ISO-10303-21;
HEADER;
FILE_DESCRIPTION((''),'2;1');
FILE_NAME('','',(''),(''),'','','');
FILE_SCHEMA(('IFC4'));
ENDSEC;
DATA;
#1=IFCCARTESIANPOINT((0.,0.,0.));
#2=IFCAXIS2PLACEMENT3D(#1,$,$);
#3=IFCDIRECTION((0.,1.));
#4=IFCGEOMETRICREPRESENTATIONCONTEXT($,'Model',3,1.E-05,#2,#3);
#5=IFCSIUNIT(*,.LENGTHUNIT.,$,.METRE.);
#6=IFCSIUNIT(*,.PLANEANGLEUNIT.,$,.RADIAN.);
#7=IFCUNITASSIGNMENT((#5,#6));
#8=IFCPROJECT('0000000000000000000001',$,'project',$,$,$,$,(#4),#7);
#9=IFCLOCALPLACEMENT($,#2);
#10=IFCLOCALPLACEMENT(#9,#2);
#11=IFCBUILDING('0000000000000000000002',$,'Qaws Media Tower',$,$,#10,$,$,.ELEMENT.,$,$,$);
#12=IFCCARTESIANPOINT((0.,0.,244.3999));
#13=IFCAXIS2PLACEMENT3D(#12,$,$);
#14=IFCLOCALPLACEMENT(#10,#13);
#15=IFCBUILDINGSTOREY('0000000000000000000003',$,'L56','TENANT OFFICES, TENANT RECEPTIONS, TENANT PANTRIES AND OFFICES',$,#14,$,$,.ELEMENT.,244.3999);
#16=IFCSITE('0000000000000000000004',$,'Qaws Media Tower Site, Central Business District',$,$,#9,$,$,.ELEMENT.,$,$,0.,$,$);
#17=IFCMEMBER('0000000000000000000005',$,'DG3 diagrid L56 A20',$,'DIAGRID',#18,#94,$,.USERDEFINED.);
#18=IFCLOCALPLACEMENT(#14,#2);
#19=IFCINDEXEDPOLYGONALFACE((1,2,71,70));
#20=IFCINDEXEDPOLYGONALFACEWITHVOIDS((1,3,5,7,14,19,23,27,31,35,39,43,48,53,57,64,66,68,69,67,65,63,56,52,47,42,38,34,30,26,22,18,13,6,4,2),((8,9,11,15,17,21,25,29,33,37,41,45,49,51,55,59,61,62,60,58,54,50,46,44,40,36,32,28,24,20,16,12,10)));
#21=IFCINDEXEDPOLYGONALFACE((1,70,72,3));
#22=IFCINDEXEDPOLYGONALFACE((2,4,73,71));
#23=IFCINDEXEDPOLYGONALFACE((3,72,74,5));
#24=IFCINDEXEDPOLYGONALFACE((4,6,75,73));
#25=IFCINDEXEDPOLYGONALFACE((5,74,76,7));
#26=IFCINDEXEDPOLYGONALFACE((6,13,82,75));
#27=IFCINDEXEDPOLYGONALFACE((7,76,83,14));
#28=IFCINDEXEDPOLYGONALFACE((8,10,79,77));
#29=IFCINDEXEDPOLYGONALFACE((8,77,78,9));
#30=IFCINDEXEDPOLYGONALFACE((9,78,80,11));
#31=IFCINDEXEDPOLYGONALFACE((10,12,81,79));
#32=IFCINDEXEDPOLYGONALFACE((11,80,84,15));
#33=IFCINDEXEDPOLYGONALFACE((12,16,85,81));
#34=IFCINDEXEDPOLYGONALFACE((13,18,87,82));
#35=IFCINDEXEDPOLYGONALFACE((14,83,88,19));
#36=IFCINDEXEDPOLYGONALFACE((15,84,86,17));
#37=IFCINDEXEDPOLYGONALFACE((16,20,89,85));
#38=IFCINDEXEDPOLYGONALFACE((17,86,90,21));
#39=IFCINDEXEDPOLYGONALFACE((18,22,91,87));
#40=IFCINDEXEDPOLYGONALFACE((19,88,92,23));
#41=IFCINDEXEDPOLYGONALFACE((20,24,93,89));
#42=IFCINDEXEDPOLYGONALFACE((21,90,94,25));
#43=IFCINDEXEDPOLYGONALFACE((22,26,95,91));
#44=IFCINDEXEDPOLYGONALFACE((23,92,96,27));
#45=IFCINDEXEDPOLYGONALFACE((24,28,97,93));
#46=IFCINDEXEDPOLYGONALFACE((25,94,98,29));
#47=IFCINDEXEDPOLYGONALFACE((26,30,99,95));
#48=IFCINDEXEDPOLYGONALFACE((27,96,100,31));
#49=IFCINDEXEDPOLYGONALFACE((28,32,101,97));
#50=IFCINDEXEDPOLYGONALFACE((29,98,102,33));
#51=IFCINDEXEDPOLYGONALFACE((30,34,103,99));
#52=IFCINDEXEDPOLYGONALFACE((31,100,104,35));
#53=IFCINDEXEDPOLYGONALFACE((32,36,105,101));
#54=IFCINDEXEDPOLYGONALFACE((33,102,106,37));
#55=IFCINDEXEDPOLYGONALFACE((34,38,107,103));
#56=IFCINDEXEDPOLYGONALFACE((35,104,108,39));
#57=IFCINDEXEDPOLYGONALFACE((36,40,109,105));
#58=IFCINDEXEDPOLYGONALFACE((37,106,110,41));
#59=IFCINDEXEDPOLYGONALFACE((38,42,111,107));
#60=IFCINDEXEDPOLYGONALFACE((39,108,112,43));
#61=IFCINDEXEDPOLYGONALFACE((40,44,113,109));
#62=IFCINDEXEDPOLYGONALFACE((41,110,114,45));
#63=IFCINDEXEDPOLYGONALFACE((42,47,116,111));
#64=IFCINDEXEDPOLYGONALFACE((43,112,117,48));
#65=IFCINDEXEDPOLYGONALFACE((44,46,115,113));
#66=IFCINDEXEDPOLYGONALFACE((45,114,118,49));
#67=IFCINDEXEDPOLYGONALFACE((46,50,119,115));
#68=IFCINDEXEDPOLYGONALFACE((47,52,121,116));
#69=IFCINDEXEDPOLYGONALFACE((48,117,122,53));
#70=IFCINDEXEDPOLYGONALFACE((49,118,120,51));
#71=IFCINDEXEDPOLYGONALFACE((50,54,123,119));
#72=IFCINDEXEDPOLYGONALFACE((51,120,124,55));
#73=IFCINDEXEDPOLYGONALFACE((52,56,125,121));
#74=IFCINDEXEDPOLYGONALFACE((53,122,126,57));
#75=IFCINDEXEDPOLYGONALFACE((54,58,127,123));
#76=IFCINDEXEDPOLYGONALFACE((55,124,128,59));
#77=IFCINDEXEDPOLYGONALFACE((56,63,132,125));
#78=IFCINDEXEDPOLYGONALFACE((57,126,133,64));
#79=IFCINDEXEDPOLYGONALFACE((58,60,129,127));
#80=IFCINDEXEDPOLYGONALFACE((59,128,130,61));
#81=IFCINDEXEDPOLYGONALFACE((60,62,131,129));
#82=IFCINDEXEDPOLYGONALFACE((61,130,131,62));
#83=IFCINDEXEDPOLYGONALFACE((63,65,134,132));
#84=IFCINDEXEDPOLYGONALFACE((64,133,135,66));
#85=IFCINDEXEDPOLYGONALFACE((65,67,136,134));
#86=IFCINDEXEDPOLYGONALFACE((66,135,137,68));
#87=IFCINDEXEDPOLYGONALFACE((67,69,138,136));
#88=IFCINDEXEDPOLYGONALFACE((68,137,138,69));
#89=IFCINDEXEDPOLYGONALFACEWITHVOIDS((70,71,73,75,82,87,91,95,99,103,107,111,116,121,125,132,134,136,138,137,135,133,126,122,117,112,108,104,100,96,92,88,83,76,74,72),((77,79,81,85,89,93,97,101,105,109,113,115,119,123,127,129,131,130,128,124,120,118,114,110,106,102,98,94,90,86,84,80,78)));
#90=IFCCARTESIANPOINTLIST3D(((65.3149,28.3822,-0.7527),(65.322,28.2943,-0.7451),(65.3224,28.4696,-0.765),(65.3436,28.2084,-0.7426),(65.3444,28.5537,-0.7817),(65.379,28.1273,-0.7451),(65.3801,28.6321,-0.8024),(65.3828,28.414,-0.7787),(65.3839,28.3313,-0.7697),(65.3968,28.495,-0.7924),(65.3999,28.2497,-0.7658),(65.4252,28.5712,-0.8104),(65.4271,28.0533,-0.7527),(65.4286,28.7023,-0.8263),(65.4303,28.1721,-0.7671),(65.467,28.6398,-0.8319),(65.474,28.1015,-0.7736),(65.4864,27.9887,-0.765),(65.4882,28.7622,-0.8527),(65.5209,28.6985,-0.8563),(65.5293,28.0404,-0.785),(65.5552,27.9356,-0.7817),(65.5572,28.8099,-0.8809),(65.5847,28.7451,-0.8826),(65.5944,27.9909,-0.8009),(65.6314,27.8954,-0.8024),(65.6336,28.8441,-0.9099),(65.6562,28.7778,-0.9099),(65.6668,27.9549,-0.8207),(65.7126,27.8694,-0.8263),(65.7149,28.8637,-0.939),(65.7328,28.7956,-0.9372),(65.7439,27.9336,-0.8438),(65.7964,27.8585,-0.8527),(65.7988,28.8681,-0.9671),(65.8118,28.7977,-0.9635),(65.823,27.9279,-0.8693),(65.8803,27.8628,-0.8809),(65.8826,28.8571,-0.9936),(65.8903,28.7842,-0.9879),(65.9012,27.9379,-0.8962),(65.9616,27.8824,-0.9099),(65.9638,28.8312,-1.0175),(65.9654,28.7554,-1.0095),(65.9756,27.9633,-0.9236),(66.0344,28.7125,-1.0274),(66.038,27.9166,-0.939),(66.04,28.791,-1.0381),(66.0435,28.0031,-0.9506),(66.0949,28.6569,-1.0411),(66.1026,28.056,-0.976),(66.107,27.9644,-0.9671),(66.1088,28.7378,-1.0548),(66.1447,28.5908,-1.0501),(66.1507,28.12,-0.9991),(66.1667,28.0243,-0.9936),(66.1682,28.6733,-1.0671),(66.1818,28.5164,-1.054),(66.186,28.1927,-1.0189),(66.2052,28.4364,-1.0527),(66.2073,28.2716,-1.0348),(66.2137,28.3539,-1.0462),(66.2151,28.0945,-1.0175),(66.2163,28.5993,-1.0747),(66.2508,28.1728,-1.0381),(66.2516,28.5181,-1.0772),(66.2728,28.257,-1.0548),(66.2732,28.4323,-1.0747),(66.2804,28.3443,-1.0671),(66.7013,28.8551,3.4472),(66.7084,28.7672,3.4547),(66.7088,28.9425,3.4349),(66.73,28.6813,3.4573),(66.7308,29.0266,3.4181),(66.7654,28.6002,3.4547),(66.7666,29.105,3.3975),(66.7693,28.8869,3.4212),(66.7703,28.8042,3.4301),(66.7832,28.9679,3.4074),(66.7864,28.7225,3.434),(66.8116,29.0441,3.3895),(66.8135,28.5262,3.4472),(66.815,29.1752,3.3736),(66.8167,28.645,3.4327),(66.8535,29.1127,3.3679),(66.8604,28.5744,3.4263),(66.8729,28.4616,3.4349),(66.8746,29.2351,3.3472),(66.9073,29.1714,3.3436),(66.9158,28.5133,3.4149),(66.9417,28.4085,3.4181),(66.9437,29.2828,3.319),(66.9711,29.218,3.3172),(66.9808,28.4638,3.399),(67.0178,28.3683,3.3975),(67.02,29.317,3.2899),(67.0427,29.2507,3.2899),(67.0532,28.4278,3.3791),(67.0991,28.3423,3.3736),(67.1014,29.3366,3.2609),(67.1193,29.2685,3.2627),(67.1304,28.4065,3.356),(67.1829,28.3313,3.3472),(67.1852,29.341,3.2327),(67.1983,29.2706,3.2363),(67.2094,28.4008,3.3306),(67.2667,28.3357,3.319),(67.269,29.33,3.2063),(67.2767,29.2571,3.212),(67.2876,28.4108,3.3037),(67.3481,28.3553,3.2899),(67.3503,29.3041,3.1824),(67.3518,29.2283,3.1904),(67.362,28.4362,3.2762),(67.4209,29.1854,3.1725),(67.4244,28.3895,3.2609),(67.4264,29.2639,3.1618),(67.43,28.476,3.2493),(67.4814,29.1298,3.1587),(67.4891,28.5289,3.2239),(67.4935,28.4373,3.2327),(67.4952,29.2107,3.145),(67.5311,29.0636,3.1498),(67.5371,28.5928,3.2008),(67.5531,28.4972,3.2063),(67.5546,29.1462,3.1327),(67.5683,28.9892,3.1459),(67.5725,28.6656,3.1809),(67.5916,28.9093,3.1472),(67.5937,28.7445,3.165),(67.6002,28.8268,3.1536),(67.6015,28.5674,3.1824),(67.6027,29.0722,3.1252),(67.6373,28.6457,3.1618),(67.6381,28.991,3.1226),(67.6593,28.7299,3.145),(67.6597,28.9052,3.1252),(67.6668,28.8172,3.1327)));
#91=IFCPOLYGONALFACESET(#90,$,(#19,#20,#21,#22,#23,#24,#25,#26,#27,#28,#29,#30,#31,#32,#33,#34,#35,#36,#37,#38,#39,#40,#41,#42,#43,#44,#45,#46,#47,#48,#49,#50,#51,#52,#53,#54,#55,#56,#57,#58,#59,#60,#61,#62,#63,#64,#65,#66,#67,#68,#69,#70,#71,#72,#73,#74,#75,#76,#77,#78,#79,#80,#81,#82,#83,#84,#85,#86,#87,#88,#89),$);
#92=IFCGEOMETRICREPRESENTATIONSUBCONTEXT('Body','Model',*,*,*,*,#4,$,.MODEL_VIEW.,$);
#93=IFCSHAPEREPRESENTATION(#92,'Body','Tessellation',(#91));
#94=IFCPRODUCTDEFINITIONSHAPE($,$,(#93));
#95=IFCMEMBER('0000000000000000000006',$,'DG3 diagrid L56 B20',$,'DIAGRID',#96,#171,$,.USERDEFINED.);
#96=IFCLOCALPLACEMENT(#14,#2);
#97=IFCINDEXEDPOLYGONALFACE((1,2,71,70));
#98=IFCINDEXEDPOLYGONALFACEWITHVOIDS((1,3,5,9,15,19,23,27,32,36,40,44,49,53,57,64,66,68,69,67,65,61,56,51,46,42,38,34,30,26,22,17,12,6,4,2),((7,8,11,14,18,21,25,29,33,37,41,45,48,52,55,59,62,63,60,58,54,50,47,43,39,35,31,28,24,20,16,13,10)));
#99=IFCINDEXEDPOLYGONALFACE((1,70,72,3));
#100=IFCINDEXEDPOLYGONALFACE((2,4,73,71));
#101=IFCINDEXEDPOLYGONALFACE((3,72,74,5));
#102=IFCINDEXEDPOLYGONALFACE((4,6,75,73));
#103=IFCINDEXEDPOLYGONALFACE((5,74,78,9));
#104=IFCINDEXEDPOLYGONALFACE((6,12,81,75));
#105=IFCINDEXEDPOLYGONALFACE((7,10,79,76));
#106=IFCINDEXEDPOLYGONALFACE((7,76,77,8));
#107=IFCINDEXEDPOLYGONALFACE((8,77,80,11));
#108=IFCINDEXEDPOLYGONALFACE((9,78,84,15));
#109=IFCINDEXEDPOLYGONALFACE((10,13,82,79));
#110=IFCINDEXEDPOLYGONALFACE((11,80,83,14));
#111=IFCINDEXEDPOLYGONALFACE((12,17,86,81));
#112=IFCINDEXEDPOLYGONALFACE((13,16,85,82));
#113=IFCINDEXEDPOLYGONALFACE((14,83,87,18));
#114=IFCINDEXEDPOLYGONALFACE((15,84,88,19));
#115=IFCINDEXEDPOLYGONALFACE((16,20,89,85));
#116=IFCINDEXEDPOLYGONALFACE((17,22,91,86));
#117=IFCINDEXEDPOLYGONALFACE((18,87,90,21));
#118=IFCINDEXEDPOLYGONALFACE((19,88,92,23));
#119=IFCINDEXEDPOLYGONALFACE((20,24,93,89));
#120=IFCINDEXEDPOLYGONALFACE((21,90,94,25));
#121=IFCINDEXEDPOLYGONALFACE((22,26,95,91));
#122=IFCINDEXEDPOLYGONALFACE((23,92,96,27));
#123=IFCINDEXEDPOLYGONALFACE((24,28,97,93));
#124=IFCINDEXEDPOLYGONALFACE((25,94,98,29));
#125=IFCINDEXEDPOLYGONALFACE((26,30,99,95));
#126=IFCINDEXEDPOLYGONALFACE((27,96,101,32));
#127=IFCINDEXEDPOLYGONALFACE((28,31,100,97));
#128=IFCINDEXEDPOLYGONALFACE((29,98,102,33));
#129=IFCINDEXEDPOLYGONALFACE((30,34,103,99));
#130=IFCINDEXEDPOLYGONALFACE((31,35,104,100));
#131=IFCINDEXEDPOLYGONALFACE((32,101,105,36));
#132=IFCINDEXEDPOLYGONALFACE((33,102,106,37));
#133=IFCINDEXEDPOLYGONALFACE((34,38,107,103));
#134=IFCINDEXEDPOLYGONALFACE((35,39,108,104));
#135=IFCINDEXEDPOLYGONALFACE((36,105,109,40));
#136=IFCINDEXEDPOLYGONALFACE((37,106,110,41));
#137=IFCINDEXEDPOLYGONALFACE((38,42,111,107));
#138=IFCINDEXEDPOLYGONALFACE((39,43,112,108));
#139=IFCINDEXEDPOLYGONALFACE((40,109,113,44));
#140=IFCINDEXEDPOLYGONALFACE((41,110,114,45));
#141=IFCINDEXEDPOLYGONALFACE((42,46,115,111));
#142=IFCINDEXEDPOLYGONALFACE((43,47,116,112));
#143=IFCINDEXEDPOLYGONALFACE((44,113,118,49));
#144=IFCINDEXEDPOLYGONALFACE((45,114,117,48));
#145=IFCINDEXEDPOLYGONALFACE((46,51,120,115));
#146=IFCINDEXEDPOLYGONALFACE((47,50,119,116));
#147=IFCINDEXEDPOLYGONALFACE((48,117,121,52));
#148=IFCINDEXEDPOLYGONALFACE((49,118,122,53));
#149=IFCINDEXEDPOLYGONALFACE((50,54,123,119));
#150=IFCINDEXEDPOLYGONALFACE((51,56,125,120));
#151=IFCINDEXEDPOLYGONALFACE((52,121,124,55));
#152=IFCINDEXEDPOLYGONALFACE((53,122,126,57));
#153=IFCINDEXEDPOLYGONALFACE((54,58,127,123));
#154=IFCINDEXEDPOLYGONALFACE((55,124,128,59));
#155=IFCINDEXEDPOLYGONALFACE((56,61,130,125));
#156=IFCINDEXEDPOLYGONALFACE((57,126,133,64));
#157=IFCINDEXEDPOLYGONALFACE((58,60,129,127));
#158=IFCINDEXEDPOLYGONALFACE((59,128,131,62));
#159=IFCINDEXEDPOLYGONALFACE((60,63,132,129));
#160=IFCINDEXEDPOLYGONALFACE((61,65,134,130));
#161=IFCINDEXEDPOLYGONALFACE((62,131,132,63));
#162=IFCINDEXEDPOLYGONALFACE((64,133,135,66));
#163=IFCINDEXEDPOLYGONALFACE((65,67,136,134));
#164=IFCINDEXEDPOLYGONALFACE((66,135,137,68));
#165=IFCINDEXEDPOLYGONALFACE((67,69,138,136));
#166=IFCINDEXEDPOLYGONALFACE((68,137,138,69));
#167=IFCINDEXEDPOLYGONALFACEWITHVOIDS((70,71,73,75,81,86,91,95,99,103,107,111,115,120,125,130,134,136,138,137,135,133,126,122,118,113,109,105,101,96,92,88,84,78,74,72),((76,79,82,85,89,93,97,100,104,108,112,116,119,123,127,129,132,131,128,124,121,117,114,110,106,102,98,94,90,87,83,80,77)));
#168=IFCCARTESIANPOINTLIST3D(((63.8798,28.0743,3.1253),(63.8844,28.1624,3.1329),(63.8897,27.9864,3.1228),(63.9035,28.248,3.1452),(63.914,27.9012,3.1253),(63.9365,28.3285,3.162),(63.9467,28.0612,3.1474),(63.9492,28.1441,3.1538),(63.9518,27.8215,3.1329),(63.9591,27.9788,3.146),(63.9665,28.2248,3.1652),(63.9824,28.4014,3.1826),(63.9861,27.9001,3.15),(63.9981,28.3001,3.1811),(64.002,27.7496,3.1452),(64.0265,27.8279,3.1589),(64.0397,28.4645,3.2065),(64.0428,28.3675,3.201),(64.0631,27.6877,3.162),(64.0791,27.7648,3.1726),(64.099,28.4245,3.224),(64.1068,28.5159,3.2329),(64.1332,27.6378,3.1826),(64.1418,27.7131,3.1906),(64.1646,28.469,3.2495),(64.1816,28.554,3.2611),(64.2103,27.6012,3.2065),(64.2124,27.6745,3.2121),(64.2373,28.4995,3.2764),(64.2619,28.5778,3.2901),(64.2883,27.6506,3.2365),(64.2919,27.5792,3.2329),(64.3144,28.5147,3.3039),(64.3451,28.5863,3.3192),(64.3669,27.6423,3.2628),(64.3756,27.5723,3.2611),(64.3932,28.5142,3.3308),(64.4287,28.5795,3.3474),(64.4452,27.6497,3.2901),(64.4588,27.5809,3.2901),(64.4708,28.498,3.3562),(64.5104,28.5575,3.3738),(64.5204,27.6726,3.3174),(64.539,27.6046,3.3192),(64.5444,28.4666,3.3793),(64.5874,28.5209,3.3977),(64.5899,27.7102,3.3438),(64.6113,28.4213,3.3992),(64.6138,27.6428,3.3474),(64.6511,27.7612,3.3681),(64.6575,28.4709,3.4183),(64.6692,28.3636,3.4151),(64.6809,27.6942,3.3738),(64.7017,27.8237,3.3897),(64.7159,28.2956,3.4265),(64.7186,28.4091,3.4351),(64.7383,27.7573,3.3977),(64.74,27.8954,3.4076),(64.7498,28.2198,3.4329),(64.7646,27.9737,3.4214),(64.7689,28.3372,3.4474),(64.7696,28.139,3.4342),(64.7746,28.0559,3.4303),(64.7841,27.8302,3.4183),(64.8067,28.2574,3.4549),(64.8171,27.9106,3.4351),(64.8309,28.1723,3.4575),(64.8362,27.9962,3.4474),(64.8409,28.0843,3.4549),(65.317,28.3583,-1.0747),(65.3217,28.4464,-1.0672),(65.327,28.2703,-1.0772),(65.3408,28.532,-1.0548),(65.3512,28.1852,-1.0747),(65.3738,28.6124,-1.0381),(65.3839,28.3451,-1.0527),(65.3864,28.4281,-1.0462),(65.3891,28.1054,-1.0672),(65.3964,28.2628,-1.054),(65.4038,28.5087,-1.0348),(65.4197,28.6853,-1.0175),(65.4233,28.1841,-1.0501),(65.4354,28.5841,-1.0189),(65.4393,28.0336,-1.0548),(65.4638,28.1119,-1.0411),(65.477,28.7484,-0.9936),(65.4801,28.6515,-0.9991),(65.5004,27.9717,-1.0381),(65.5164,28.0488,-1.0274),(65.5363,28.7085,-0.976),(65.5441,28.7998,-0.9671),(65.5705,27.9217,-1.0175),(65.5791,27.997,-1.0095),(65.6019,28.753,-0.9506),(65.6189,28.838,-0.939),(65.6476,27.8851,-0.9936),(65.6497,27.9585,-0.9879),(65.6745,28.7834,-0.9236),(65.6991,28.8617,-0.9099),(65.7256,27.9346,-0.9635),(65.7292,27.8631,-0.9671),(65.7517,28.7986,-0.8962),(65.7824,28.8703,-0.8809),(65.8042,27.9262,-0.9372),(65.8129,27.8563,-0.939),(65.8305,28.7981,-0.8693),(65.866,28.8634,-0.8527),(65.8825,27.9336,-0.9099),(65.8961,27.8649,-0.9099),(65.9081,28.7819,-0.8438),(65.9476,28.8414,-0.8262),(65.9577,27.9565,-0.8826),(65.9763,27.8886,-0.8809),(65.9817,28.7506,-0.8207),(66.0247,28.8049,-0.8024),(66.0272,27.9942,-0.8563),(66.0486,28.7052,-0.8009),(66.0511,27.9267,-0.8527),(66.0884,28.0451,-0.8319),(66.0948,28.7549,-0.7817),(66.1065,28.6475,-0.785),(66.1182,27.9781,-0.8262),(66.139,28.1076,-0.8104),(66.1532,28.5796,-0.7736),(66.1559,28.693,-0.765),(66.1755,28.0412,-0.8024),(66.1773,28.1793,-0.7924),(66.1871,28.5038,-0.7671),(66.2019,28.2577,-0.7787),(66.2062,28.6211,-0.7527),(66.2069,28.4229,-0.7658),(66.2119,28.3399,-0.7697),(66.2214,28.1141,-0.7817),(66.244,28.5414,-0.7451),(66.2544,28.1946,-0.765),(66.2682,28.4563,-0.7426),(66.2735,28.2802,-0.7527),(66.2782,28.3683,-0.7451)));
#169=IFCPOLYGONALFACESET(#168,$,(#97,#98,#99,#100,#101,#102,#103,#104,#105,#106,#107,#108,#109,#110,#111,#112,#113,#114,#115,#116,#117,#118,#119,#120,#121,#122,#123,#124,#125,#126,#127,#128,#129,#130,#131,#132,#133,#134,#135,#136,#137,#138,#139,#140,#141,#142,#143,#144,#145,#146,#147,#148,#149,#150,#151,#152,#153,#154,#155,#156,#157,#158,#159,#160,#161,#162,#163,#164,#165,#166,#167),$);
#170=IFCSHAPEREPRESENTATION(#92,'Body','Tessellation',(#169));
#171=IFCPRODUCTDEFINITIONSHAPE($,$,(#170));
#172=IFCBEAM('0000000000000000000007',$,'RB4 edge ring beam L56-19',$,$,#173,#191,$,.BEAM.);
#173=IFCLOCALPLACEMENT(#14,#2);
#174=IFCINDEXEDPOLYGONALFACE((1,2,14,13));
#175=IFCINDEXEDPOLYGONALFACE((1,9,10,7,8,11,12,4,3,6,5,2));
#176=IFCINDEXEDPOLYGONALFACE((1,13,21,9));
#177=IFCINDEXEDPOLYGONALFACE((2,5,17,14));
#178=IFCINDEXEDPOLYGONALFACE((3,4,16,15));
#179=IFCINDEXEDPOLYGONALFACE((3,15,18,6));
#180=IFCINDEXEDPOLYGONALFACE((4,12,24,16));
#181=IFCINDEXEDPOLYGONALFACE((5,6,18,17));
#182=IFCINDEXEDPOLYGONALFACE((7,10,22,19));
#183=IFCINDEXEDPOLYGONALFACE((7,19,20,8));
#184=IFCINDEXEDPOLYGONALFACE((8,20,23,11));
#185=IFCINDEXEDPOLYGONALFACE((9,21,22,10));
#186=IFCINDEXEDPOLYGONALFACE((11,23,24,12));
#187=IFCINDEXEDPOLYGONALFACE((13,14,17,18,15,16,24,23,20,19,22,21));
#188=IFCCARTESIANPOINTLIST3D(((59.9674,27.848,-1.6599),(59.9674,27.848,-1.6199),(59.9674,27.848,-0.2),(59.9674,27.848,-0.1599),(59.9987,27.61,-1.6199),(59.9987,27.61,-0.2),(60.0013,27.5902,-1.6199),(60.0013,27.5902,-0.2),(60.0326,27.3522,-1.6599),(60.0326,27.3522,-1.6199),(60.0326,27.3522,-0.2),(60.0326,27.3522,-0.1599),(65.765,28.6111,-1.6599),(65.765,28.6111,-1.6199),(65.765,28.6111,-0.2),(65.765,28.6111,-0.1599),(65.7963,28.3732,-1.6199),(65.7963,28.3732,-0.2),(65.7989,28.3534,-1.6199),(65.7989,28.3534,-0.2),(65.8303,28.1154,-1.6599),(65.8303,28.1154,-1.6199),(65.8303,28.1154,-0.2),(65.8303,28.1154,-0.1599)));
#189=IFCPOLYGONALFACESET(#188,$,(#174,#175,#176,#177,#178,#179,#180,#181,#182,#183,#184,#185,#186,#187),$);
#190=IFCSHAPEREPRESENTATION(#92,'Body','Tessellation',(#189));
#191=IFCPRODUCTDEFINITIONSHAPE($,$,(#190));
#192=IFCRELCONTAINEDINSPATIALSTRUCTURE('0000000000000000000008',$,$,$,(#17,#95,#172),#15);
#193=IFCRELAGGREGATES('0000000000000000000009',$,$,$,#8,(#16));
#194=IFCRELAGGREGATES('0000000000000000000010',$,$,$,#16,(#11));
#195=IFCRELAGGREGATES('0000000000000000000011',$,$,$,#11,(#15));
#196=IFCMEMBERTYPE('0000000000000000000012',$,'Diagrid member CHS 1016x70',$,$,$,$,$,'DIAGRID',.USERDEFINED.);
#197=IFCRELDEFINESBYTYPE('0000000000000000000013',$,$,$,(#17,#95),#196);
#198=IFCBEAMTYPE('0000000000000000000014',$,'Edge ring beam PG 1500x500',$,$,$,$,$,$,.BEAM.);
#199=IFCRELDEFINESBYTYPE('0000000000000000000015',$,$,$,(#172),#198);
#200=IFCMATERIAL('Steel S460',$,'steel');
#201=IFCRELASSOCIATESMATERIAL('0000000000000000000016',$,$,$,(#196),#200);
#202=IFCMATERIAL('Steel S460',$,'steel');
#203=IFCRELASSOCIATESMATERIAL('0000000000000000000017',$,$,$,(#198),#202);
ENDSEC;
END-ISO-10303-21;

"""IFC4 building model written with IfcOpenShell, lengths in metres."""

from ifc_helpers import new_model, si_unit, direction, frame, origin, origin_2d, place, context, subcontext, project, spatial, hollow_circle, i_section, extrude, material, material_profile, profile_set, type_object, element, save


model = new_model("IFC4")

# Units and contexts
model_context = context("Model", 3, precision=1e-05, world=origin(), true_north=direction((0.0, 1.0)))
body_context = subcontext(model_context, "Body", "Model", "MODEL_VIEW")
ifc_project = project(units=[si_unit("LENGTHUNIT", "METRE"), si_unit("PLANEANGLEUNIT", "RADIAN")], contexts=[model_context])

# Site, building, storey
site_placement = place(None, origin())
site = spatial("IfcSite", under=ifc_project, at=site_placement, Name="Qaws Media Tower Site, Central Business District", CompositionType="ELEMENT", RefElevation=0.0)
building_placement = place(site_placement, origin())
building = spatial("IfcBuilding", under=site, at=building_placement, Name="Qaws Media Tower", CompositionType="ELEMENT")
storey_placement = place(building_placement, frame((0.0, 0.0, 244.3999)))
storey = spatial("IfcBuildingStorey", under=building, at=storey_placement, Name="L56", Description="TENANT OFFICES, TENANT RECEPTIONS, TENANT PANTRIES AND OFFICES", CompositionType="ELEMENT", Elevation=244.3999)

# Members
ifc_material_1 = material(Name="Steel S460", Category="steel")
ifc_material_profile_1 = material_profile(ifc_material_1, hollow_circle(Radius=0.5081, WallThickness=0.0701, at=origin_2d()), Name="CHS 1016x70")
ifc_profile_set_1 = profile_set([ifc_material_profile_1], Name="Steel S460")
member_type_1 = type_object("IfcMemberType", Name="Diagrid member CHS 1016x70", ElementType="DIAGRID", PredefinedType="USERDEFINED", material=ifc_profile_set_1)
for number, where, z_axis, x_axis, name in (
    (1, (65.7976, 28.3633, -0.9099), (0.311701, 0.106315, 0.944214), (-0.32282, 0.94646, 0.0), "DG3 diagrid L56 A20"),
):
    element("IfcMember", number, at=place(storey_placement, frame(where, z_axis=z_axis, x_axis=x_axis)), inside=storey, type_object=member_type_1, Name=name, ObjectType="DIAGRID", PredefinedType="USERDEFINED", context=body_context, shape_type="SweptSolid", body=[
        extrude(hollow_circle(Radius=0.5081, WallThickness=0.0701, at=origin_2d()), origin(), (0.0, 0.0, 1.0), 4.448),
    ])
member_1_placement = place(storey_placement, frame((65.7976, 28.3633, -0.9099), z_axis=(-0.323114, -0.063832, 0.944205), x_axis=(0.193808, -0.981039, 0.0)))
element("IfcMember", 2, at=member_1_placement, inside=storey, type_object=member_type_1, Name="DG3 diagrid L56 B20", ObjectType="DIAGRID", PredefinedType="USERDEFINED", context=body_context, shape_type="SweptSolid", body=[
    extrude(hollow_circle(Radius=0.5081, WallThickness=0.0701, at=origin_2d()), origin(), (0.0, 0.0, 1.0), 4.4482),
])

# Beam
ifc_material_2 = material(Name="Steel S460", Category="steel")
ifc_material_profile_2 = material_profile(ifc_material_2, i_section(OverallWidth=0.5, OverallDepth=1.5, WebThickness=0.02, FlangeThickness=0.04, at=origin_2d()), Name="PG 1500x500")
ifc_profile_set_2 = profile_set([ifc_material_profile_2], Name="Steel S460")
beam_type = type_object("IfcBeamType", Name="Edge ring beam PG 1500x500", PredefinedType="BEAM", material=ifc_profile_set_2)
beam_1_placement = place(storey_placement, frame((60.0, 27.6001, -0.9099), z_axis=(0.991447, 0.130512, 0.0), x_axis=(-0.130512, 0.991447, 0.0)))
element("IfcBeam", 3, at=beam_1_placement, inside=storey, type_object=beam_type, Name="RB4 edge ring beam L56-19", PredefinedType="BEAM", context=body_context, shape_type="SweptSolid", body=[
    extrude(i_section(OverallWidth=0.5, OverallDepth=1.5, WebThickness=0.02, FlangeThickness=0.04, at=origin_2d()), origin(), (0.0, 0.0, 1.0), 5.8477),
])

save(model, "model.ifc")
